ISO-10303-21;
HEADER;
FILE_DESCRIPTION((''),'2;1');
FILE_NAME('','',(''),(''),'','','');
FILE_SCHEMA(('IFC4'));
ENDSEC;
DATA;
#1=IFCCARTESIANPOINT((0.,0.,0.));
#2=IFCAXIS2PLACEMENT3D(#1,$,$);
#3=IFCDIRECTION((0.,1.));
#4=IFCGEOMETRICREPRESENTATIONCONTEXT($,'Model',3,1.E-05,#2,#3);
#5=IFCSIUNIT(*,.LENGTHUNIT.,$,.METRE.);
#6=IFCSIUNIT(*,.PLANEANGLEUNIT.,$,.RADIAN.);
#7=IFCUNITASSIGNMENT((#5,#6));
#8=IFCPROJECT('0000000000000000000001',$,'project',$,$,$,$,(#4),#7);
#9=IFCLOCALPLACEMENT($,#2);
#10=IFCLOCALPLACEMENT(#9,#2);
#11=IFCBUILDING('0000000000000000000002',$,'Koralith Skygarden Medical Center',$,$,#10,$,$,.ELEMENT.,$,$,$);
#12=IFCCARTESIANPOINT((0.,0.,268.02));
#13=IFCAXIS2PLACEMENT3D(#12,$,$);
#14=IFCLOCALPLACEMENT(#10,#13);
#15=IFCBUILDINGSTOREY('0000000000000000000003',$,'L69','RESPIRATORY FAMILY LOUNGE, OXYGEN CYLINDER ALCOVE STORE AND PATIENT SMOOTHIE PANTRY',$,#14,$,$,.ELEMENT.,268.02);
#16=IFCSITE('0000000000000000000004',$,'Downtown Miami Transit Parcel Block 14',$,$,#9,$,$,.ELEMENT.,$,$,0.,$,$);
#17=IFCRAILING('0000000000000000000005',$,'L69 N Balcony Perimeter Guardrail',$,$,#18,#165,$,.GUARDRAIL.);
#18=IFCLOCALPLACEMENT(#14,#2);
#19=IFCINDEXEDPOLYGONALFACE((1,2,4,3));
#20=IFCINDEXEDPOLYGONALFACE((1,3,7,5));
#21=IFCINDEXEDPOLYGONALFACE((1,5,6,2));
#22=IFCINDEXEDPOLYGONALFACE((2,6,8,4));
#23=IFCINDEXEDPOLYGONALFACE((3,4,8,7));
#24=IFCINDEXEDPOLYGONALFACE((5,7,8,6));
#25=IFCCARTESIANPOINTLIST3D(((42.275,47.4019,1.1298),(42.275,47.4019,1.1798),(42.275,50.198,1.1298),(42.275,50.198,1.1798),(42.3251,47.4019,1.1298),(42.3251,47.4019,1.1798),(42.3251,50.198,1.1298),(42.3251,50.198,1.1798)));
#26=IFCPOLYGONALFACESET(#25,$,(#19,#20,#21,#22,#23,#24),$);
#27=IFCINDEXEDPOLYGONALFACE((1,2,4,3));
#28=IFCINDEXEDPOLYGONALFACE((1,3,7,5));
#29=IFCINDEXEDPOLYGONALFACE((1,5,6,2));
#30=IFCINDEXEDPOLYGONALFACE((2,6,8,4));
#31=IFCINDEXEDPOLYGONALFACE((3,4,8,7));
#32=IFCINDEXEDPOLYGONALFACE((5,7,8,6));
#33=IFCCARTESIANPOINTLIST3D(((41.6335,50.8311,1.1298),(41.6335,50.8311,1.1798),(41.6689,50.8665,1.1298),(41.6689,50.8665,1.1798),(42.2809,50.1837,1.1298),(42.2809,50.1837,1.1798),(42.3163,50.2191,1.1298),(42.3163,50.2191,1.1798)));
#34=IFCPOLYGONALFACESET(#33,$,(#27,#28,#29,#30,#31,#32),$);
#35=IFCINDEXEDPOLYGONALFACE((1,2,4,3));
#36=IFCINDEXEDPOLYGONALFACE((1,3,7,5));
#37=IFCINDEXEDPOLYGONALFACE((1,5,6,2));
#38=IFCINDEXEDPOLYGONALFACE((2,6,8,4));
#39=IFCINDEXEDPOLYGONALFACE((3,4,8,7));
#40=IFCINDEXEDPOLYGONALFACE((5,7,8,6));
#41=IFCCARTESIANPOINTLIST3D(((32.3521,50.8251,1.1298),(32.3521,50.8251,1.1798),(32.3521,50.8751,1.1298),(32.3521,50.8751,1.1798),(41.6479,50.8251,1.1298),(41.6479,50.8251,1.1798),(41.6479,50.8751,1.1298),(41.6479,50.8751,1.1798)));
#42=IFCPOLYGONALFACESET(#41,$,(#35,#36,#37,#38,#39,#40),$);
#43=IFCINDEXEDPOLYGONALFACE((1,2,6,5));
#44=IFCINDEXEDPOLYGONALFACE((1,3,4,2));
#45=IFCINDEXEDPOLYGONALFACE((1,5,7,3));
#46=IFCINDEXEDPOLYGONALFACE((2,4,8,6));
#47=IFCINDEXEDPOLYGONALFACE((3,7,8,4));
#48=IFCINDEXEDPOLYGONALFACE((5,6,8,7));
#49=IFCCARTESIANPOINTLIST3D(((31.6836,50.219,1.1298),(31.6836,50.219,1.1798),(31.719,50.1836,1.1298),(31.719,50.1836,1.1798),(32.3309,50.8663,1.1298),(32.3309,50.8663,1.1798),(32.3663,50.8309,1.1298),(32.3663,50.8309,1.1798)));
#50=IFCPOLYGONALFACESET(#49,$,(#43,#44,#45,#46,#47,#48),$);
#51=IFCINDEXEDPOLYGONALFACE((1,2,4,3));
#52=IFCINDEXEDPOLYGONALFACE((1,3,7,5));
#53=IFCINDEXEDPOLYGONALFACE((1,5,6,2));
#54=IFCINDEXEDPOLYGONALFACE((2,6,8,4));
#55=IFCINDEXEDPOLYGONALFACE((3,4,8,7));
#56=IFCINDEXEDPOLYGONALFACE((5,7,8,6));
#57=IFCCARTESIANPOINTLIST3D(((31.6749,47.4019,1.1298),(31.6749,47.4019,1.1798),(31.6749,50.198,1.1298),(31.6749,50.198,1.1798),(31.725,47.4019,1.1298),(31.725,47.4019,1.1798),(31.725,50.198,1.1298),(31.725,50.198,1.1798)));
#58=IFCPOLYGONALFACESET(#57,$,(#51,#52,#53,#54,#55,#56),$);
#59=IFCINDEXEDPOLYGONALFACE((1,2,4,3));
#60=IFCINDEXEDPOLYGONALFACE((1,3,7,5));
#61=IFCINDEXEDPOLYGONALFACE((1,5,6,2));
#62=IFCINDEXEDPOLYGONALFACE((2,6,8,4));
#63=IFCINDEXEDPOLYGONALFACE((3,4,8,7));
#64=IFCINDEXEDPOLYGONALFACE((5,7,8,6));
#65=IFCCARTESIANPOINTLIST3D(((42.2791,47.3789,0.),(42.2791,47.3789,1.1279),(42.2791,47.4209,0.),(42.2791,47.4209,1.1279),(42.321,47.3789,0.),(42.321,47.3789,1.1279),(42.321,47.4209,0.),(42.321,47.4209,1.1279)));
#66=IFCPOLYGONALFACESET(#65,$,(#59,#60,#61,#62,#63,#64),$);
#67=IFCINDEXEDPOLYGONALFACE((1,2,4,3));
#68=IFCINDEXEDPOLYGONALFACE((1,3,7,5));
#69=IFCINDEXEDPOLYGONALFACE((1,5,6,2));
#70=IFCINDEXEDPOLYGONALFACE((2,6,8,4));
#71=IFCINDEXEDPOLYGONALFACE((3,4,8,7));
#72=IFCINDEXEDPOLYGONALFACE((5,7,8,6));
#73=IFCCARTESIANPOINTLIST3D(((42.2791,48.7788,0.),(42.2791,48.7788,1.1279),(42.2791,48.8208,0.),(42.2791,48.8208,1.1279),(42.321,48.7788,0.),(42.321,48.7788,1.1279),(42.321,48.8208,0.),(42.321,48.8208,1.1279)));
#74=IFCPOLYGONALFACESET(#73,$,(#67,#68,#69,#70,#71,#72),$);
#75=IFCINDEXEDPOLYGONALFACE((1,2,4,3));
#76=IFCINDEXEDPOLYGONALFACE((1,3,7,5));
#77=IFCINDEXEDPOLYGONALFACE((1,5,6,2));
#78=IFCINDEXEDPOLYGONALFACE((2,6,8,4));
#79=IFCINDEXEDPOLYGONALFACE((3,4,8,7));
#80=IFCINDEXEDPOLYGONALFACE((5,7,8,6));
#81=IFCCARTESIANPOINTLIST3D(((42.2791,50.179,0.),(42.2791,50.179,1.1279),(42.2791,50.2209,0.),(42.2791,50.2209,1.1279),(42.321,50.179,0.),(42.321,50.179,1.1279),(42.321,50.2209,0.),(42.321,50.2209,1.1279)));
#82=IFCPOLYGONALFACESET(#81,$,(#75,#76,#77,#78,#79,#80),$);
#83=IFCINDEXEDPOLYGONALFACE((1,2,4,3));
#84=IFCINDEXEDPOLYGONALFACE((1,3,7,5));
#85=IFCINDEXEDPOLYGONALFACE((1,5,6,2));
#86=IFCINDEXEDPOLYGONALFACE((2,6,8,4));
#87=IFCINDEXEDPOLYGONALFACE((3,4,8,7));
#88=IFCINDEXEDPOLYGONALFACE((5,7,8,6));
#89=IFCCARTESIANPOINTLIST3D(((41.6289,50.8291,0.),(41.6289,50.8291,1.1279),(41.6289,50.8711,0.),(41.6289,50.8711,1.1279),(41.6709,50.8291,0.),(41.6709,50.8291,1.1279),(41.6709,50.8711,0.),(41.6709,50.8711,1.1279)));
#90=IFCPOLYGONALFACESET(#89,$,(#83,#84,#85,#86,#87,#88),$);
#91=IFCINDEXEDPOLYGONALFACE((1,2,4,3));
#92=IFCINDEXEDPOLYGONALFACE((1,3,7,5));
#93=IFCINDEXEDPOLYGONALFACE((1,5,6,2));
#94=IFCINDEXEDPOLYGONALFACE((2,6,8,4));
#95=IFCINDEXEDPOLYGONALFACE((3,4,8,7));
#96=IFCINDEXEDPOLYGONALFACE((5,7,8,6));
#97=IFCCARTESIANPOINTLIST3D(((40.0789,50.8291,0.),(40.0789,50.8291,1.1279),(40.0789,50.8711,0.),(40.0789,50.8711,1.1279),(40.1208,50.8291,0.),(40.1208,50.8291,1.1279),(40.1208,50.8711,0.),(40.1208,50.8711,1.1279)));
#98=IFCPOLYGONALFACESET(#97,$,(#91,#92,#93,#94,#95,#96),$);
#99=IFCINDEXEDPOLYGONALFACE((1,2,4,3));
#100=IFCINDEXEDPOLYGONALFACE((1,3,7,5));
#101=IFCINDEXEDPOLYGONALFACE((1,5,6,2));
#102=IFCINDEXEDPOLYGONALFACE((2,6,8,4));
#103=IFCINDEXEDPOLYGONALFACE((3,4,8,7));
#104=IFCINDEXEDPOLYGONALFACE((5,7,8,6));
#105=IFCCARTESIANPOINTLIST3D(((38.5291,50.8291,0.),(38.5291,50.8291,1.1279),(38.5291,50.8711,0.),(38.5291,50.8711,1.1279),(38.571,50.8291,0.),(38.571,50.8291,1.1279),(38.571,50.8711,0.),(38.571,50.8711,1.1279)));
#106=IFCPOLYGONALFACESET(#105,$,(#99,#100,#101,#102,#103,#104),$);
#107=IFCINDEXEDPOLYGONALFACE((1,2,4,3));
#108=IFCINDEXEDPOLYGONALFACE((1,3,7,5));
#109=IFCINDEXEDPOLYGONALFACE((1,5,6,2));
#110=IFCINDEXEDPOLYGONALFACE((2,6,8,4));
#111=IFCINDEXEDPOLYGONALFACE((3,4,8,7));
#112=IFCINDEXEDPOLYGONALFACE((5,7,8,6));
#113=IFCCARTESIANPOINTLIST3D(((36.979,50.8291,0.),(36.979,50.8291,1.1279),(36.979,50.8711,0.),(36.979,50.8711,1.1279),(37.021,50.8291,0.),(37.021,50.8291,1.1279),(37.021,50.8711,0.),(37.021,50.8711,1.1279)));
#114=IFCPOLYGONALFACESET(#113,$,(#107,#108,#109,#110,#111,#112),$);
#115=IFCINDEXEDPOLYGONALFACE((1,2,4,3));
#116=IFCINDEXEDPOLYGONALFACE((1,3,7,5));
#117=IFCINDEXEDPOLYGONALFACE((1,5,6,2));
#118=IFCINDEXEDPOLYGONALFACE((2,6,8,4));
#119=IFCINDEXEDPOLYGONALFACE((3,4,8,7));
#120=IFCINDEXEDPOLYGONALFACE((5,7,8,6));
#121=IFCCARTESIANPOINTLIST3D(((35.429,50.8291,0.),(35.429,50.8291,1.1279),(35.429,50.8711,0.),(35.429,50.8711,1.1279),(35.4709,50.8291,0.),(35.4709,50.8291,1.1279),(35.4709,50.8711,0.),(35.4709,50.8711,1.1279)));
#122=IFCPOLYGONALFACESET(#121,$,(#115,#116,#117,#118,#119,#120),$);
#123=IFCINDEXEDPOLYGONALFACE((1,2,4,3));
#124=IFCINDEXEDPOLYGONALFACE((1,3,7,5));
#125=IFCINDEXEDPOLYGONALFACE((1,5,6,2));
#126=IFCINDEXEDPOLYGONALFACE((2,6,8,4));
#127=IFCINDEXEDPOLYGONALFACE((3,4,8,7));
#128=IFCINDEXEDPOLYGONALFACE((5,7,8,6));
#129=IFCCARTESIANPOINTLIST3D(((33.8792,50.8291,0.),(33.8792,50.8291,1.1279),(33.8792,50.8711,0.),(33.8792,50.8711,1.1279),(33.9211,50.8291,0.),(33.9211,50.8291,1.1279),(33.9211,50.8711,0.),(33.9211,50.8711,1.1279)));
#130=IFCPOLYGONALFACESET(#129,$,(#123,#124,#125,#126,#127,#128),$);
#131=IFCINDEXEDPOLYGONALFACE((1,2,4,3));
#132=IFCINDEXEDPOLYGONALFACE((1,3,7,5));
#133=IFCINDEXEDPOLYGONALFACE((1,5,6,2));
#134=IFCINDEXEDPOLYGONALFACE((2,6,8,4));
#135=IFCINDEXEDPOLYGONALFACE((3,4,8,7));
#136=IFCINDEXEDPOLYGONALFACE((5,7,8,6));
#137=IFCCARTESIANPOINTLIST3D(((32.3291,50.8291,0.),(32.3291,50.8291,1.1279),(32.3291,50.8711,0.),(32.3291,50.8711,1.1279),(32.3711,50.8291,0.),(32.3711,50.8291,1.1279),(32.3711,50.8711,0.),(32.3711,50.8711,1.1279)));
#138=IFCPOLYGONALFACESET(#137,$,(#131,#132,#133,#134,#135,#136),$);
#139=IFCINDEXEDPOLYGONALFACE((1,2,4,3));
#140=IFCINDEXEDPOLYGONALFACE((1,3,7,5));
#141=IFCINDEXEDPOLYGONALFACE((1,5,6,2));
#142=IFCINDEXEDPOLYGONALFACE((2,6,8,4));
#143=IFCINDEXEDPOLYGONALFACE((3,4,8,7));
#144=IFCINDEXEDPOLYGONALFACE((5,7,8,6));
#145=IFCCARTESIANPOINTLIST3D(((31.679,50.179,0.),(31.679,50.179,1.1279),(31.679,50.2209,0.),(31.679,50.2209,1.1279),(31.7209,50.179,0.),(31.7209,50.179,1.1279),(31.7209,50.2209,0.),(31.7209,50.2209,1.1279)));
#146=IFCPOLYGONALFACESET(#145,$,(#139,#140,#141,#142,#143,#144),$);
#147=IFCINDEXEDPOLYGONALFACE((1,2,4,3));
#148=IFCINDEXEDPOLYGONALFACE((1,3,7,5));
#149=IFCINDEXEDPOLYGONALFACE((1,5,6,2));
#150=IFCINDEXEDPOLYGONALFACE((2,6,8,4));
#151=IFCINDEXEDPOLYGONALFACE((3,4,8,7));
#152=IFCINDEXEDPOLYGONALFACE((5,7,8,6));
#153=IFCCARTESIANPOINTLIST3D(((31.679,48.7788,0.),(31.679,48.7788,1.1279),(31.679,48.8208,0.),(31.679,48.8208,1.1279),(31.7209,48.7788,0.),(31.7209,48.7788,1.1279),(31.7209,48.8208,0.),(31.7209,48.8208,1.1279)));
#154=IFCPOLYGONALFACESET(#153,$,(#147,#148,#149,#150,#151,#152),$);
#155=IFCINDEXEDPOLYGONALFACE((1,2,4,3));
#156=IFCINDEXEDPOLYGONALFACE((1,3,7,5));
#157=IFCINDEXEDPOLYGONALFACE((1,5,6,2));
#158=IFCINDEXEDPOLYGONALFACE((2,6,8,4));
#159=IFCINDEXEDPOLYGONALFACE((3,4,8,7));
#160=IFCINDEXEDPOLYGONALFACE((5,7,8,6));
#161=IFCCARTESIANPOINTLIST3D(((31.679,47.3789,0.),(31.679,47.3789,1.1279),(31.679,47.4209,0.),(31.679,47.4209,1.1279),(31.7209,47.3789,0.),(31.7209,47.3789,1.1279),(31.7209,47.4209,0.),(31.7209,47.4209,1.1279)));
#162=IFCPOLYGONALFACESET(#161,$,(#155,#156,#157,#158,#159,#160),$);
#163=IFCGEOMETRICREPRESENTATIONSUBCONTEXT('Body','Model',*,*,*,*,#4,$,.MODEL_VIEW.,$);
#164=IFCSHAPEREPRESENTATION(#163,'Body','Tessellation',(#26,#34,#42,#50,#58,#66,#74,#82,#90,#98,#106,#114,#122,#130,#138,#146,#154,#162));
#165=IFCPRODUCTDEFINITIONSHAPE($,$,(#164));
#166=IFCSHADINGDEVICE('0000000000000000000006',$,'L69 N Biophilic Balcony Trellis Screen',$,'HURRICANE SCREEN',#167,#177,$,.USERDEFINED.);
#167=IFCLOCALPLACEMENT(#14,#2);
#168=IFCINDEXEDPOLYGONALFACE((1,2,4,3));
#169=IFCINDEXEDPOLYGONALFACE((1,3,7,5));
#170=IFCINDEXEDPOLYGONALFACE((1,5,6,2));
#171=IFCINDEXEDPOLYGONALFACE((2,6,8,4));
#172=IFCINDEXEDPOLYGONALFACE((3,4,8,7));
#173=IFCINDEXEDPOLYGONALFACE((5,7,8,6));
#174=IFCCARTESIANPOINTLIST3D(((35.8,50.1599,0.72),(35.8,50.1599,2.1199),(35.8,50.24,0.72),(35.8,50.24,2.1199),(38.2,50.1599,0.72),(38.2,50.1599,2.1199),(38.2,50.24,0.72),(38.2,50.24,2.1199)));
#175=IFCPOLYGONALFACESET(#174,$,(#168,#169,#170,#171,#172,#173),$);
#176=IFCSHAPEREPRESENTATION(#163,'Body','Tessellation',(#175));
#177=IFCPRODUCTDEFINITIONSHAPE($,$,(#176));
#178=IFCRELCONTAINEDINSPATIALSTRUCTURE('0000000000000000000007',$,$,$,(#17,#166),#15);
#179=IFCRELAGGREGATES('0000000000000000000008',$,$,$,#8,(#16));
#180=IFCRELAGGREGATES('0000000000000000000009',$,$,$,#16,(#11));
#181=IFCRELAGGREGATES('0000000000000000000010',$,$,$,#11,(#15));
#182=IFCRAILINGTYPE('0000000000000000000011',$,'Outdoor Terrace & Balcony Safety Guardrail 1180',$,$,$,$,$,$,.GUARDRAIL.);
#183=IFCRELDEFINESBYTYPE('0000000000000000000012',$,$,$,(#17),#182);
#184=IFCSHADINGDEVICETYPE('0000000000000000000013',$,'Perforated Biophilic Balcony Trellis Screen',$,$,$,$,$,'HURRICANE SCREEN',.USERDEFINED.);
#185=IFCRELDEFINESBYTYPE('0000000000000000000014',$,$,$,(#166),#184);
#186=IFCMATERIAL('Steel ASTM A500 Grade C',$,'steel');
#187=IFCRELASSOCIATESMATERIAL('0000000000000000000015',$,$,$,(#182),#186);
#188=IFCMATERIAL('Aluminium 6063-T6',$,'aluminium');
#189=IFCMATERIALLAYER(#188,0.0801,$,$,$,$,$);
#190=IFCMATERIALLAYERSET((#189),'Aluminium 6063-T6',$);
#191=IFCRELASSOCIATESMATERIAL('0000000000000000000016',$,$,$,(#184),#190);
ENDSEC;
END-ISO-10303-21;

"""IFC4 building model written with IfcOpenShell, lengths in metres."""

from ifc_helpers import new_model, si_unit, direction, frame, origin, origin_2d, place, context, subcontext, project, spatial, rectangle, extrude, material, layer, layer_set, type_object, element, save


model = new_model("IFC4")

# Units and contexts
model_context = context("Model", 3, precision=1e-05, world=origin(), true_north=direction((0.0, 1.0)))
body_context = subcontext(model_context, "Body", "Model", "MODEL_VIEW")
ifc_project = project(units=[si_unit("LENGTHUNIT", "METRE"), si_unit("PLANEANGLEUNIT", "RADIAN")], contexts=[model_context])

# Site, building, storey
site_placement = place(None, origin())
site = spatial("IfcSite", under=ifc_project, at=site_placement, Name="Downtown Miami Transit Parcel Block 14", CompositionType="ELEMENT", RefElevation=0.0)
building_placement = place(site_placement, origin())
building = spatial("IfcBuilding", under=site, at=building_placement, Name="Koralith Skygarden Medical Center", CompositionType="ELEMENT")
storey_placement = place(building_placement, frame((0.0, 0.0, 268.02)))
storey = spatial("IfcBuildingStorey", under=building, at=storey_placement, Name="L69", Description="RESPIRATORY FAMILY LOUNGE, OXYGEN CYLINDER ALCOVE STORE AND PATIENT SMOOTHIE PANTRY", CompositionType="ELEMENT", Elevation=268.02)

# Shared definitions
ifc_material_1 = material(Name="Aluminium 6063-T6", Category="aluminium")

# Shared definitions
ifc_material_2 = material(Name="Steel ASTM A500 Grade C", Category="steel")

# Railing
railing_type = type_object("IfcRailingType", Name="Outdoor Terrace & Balcony Safety Guardrail 1180", PredefinedType="GUARDRAIL", material=ifc_material_2)
railing_placement = place(storey_placement, frame((42.3, 47.3999, 0.0)))
element("IfcRailing", 1, at=railing_placement, inside=storey, type_object=railing_type, Name="L69 N Balcony Perimeter Guardrail", PredefinedType="GUARDRAIL", context=body_context, shape_type="SweptSolid", body=[
    extrude(rectangle(XDim=0.05, YDim=0.05, at=origin_2d()), frame((0.0, 0.002, 1.1548), z_axis=(0.0, 1.0, 0.0), x_axis=(-1.0, 0.0, 0.0)), (0.0, 0.0, 1.0), 2.7961),
    extrude(rectangle(XDim=0.05, YDim=0.05, at=origin_2d()), frame((-0.0015, 2.8015, 1.1548), z_axis=(-0.707107, 0.707107, 0.0), x_axis=(-0.707107, -0.707107, 0.0)), (0.0, 0.0, 1.0), 0.9155),
    extrude(rectangle(XDim=0.05, YDim=0.05, at=origin_2d()), frame((-0.6521, 3.4502, 1.1548), z_axis=(-1.0, 0.0, 0.0), x_axis=(0.0, -1.0, 0.0)), (0.0, 0.0, 1.0), 9.2959),
    extrude(rectangle(XDim=0.05, YDim=0.05, at=origin_2d()), frame((-9.9514, 3.4487, 1.1548), z_axis=(-0.707107, -0.707107, 0.0), x_axis=(0.707107, -0.707107, 0.0)), (0.0, 0.0, 1.0), 0.9155),
    extrude(rectangle(XDim=0.05, YDim=0.05, at=origin_2d()), frame((-10.6001, 2.7981, 1.1548), z_axis=(0.0, -1.0, 0.0), x_axis=(1.0, 0.0, 0.0)), (0.0, 0.0, 1.0), 2.7961),
    extrude(rectangle(XDim=0.042, YDim=0.042, at=origin_2d()), origin(), (0.0, 0.0, 1.0), 1.1279),
    extrude(rectangle(XDim=0.042, YDim=0.042, at=origin_2d()), frame((0.0, 1.3999, 0.0)), (0.0, 0.0, 1.0), 1.1279),
    extrude(rectangle(XDim=0.042, YDim=0.042, at=origin_2d()), frame((0.0, 2.8, 0.0)), (0.0, 0.0, 1.0), 1.1279),
    extrude(rectangle(XDim=0.042, YDim=0.042, at=origin_2d()), frame((-0.6501, 3.4502, 0.0)), (0.0, 0.0, 1.0), 1.1279),
    extrude(rectangle(XDim=0.042, YDim=0.042, at=origin_2d()), frame((-2.2002, 3.4502, 0.0)), (0.0, 0.0, 1.0), 1.1279),
    extrude(rectangle(XDim=0.042, YDim=0.042, at=origin_2d()), frame((-3.75, 3.4502, 0.0)), (0.0, 0.0, 1.0), 1.1279),
    extrude(rectangle(XDim=0.042, YDim=0.042, at=origin_2d()), frame((-5.3, 3.4502, 0.0)), (0.0, 0.0, 1.0), 1.1279),
    extrude(rectangle(XDim=0.042, YDim=0.042, at=origin_2d()), frame((-6.8501, 3.4502, 0.0)), (0.0, 0.0, 1.0), 1.1279),
    extrude(rectangle(XDim=0.042, YDim=0.042, at=origin_2d()), frame((-8.3999, 3.4502, 0.0)), (0.0, 0.0, 1.0), 1.1279),
    extrude(rectangle(XDim=0.042, YDim=0.042, at=origin_2d()), frame((-9.95, 3.4502, 0.0)), (0.0, 0.0, 1.0), 1.1279),
    extrude(rectangle(XDim=0.042, YDim=0.042, at=origin_2d()), frame((-10.6001, 2.8, 0.0)), (0.0, 0.0, 1.0), 1.1279),
    extrude(rectangle(XDim=0.042, YDim=0.042, at=origin_2d()), frame((-10.6001, 1.3999, 0.0)), (0.0, 0.0, 1.0), 1.1279),
    extrude(rectangle(XDim=0.042, YDim=0.042, at=origin_2d()), frame((-10.6001, 0.0, 0.0)), (0.0, 0.0, 1.0), 1.1279),
])

# Shading device
ifc_layer_1 = layer(ifc_material_1, 0.0801)
ifc_layer_set_1 = layer_set([ifc_layer_1], Name="Aluminium 6063-T6")
shading_device_type = type_object("IfcShadingDeviceType", Name="Perforated Biophilic Balcony Trellis Screen", ElementType="HURRICANE SCREEN", PredefinedType="USERDEFINED", material=ifc_layer_set_1)
shading_device_placement = place(storey_placement, frame((37.0, 50.2, 0.72), z_axis=(0.0, 0.0, 1.0), x_axis=(1.0, 0.0, 0.0)))
element("IfcShadingDevice", 2, at=shading_device_placement, inside=storey, type_object=shading_device_type, Name="L69 N Biophilic Balcony Trellis Screen", ObjectType="HURRICANE SCREEN", PredefinedType="USERDEFINED", context=body_context, shape_type="SweptSolid", body=[
    extrude(rectangle(XDim=2.3999, YDim=0.0801, at=origin_2d()), origin(), (0.0, 0.0, 1.0), 1.3999),
])

save(model, "model.ifc")
